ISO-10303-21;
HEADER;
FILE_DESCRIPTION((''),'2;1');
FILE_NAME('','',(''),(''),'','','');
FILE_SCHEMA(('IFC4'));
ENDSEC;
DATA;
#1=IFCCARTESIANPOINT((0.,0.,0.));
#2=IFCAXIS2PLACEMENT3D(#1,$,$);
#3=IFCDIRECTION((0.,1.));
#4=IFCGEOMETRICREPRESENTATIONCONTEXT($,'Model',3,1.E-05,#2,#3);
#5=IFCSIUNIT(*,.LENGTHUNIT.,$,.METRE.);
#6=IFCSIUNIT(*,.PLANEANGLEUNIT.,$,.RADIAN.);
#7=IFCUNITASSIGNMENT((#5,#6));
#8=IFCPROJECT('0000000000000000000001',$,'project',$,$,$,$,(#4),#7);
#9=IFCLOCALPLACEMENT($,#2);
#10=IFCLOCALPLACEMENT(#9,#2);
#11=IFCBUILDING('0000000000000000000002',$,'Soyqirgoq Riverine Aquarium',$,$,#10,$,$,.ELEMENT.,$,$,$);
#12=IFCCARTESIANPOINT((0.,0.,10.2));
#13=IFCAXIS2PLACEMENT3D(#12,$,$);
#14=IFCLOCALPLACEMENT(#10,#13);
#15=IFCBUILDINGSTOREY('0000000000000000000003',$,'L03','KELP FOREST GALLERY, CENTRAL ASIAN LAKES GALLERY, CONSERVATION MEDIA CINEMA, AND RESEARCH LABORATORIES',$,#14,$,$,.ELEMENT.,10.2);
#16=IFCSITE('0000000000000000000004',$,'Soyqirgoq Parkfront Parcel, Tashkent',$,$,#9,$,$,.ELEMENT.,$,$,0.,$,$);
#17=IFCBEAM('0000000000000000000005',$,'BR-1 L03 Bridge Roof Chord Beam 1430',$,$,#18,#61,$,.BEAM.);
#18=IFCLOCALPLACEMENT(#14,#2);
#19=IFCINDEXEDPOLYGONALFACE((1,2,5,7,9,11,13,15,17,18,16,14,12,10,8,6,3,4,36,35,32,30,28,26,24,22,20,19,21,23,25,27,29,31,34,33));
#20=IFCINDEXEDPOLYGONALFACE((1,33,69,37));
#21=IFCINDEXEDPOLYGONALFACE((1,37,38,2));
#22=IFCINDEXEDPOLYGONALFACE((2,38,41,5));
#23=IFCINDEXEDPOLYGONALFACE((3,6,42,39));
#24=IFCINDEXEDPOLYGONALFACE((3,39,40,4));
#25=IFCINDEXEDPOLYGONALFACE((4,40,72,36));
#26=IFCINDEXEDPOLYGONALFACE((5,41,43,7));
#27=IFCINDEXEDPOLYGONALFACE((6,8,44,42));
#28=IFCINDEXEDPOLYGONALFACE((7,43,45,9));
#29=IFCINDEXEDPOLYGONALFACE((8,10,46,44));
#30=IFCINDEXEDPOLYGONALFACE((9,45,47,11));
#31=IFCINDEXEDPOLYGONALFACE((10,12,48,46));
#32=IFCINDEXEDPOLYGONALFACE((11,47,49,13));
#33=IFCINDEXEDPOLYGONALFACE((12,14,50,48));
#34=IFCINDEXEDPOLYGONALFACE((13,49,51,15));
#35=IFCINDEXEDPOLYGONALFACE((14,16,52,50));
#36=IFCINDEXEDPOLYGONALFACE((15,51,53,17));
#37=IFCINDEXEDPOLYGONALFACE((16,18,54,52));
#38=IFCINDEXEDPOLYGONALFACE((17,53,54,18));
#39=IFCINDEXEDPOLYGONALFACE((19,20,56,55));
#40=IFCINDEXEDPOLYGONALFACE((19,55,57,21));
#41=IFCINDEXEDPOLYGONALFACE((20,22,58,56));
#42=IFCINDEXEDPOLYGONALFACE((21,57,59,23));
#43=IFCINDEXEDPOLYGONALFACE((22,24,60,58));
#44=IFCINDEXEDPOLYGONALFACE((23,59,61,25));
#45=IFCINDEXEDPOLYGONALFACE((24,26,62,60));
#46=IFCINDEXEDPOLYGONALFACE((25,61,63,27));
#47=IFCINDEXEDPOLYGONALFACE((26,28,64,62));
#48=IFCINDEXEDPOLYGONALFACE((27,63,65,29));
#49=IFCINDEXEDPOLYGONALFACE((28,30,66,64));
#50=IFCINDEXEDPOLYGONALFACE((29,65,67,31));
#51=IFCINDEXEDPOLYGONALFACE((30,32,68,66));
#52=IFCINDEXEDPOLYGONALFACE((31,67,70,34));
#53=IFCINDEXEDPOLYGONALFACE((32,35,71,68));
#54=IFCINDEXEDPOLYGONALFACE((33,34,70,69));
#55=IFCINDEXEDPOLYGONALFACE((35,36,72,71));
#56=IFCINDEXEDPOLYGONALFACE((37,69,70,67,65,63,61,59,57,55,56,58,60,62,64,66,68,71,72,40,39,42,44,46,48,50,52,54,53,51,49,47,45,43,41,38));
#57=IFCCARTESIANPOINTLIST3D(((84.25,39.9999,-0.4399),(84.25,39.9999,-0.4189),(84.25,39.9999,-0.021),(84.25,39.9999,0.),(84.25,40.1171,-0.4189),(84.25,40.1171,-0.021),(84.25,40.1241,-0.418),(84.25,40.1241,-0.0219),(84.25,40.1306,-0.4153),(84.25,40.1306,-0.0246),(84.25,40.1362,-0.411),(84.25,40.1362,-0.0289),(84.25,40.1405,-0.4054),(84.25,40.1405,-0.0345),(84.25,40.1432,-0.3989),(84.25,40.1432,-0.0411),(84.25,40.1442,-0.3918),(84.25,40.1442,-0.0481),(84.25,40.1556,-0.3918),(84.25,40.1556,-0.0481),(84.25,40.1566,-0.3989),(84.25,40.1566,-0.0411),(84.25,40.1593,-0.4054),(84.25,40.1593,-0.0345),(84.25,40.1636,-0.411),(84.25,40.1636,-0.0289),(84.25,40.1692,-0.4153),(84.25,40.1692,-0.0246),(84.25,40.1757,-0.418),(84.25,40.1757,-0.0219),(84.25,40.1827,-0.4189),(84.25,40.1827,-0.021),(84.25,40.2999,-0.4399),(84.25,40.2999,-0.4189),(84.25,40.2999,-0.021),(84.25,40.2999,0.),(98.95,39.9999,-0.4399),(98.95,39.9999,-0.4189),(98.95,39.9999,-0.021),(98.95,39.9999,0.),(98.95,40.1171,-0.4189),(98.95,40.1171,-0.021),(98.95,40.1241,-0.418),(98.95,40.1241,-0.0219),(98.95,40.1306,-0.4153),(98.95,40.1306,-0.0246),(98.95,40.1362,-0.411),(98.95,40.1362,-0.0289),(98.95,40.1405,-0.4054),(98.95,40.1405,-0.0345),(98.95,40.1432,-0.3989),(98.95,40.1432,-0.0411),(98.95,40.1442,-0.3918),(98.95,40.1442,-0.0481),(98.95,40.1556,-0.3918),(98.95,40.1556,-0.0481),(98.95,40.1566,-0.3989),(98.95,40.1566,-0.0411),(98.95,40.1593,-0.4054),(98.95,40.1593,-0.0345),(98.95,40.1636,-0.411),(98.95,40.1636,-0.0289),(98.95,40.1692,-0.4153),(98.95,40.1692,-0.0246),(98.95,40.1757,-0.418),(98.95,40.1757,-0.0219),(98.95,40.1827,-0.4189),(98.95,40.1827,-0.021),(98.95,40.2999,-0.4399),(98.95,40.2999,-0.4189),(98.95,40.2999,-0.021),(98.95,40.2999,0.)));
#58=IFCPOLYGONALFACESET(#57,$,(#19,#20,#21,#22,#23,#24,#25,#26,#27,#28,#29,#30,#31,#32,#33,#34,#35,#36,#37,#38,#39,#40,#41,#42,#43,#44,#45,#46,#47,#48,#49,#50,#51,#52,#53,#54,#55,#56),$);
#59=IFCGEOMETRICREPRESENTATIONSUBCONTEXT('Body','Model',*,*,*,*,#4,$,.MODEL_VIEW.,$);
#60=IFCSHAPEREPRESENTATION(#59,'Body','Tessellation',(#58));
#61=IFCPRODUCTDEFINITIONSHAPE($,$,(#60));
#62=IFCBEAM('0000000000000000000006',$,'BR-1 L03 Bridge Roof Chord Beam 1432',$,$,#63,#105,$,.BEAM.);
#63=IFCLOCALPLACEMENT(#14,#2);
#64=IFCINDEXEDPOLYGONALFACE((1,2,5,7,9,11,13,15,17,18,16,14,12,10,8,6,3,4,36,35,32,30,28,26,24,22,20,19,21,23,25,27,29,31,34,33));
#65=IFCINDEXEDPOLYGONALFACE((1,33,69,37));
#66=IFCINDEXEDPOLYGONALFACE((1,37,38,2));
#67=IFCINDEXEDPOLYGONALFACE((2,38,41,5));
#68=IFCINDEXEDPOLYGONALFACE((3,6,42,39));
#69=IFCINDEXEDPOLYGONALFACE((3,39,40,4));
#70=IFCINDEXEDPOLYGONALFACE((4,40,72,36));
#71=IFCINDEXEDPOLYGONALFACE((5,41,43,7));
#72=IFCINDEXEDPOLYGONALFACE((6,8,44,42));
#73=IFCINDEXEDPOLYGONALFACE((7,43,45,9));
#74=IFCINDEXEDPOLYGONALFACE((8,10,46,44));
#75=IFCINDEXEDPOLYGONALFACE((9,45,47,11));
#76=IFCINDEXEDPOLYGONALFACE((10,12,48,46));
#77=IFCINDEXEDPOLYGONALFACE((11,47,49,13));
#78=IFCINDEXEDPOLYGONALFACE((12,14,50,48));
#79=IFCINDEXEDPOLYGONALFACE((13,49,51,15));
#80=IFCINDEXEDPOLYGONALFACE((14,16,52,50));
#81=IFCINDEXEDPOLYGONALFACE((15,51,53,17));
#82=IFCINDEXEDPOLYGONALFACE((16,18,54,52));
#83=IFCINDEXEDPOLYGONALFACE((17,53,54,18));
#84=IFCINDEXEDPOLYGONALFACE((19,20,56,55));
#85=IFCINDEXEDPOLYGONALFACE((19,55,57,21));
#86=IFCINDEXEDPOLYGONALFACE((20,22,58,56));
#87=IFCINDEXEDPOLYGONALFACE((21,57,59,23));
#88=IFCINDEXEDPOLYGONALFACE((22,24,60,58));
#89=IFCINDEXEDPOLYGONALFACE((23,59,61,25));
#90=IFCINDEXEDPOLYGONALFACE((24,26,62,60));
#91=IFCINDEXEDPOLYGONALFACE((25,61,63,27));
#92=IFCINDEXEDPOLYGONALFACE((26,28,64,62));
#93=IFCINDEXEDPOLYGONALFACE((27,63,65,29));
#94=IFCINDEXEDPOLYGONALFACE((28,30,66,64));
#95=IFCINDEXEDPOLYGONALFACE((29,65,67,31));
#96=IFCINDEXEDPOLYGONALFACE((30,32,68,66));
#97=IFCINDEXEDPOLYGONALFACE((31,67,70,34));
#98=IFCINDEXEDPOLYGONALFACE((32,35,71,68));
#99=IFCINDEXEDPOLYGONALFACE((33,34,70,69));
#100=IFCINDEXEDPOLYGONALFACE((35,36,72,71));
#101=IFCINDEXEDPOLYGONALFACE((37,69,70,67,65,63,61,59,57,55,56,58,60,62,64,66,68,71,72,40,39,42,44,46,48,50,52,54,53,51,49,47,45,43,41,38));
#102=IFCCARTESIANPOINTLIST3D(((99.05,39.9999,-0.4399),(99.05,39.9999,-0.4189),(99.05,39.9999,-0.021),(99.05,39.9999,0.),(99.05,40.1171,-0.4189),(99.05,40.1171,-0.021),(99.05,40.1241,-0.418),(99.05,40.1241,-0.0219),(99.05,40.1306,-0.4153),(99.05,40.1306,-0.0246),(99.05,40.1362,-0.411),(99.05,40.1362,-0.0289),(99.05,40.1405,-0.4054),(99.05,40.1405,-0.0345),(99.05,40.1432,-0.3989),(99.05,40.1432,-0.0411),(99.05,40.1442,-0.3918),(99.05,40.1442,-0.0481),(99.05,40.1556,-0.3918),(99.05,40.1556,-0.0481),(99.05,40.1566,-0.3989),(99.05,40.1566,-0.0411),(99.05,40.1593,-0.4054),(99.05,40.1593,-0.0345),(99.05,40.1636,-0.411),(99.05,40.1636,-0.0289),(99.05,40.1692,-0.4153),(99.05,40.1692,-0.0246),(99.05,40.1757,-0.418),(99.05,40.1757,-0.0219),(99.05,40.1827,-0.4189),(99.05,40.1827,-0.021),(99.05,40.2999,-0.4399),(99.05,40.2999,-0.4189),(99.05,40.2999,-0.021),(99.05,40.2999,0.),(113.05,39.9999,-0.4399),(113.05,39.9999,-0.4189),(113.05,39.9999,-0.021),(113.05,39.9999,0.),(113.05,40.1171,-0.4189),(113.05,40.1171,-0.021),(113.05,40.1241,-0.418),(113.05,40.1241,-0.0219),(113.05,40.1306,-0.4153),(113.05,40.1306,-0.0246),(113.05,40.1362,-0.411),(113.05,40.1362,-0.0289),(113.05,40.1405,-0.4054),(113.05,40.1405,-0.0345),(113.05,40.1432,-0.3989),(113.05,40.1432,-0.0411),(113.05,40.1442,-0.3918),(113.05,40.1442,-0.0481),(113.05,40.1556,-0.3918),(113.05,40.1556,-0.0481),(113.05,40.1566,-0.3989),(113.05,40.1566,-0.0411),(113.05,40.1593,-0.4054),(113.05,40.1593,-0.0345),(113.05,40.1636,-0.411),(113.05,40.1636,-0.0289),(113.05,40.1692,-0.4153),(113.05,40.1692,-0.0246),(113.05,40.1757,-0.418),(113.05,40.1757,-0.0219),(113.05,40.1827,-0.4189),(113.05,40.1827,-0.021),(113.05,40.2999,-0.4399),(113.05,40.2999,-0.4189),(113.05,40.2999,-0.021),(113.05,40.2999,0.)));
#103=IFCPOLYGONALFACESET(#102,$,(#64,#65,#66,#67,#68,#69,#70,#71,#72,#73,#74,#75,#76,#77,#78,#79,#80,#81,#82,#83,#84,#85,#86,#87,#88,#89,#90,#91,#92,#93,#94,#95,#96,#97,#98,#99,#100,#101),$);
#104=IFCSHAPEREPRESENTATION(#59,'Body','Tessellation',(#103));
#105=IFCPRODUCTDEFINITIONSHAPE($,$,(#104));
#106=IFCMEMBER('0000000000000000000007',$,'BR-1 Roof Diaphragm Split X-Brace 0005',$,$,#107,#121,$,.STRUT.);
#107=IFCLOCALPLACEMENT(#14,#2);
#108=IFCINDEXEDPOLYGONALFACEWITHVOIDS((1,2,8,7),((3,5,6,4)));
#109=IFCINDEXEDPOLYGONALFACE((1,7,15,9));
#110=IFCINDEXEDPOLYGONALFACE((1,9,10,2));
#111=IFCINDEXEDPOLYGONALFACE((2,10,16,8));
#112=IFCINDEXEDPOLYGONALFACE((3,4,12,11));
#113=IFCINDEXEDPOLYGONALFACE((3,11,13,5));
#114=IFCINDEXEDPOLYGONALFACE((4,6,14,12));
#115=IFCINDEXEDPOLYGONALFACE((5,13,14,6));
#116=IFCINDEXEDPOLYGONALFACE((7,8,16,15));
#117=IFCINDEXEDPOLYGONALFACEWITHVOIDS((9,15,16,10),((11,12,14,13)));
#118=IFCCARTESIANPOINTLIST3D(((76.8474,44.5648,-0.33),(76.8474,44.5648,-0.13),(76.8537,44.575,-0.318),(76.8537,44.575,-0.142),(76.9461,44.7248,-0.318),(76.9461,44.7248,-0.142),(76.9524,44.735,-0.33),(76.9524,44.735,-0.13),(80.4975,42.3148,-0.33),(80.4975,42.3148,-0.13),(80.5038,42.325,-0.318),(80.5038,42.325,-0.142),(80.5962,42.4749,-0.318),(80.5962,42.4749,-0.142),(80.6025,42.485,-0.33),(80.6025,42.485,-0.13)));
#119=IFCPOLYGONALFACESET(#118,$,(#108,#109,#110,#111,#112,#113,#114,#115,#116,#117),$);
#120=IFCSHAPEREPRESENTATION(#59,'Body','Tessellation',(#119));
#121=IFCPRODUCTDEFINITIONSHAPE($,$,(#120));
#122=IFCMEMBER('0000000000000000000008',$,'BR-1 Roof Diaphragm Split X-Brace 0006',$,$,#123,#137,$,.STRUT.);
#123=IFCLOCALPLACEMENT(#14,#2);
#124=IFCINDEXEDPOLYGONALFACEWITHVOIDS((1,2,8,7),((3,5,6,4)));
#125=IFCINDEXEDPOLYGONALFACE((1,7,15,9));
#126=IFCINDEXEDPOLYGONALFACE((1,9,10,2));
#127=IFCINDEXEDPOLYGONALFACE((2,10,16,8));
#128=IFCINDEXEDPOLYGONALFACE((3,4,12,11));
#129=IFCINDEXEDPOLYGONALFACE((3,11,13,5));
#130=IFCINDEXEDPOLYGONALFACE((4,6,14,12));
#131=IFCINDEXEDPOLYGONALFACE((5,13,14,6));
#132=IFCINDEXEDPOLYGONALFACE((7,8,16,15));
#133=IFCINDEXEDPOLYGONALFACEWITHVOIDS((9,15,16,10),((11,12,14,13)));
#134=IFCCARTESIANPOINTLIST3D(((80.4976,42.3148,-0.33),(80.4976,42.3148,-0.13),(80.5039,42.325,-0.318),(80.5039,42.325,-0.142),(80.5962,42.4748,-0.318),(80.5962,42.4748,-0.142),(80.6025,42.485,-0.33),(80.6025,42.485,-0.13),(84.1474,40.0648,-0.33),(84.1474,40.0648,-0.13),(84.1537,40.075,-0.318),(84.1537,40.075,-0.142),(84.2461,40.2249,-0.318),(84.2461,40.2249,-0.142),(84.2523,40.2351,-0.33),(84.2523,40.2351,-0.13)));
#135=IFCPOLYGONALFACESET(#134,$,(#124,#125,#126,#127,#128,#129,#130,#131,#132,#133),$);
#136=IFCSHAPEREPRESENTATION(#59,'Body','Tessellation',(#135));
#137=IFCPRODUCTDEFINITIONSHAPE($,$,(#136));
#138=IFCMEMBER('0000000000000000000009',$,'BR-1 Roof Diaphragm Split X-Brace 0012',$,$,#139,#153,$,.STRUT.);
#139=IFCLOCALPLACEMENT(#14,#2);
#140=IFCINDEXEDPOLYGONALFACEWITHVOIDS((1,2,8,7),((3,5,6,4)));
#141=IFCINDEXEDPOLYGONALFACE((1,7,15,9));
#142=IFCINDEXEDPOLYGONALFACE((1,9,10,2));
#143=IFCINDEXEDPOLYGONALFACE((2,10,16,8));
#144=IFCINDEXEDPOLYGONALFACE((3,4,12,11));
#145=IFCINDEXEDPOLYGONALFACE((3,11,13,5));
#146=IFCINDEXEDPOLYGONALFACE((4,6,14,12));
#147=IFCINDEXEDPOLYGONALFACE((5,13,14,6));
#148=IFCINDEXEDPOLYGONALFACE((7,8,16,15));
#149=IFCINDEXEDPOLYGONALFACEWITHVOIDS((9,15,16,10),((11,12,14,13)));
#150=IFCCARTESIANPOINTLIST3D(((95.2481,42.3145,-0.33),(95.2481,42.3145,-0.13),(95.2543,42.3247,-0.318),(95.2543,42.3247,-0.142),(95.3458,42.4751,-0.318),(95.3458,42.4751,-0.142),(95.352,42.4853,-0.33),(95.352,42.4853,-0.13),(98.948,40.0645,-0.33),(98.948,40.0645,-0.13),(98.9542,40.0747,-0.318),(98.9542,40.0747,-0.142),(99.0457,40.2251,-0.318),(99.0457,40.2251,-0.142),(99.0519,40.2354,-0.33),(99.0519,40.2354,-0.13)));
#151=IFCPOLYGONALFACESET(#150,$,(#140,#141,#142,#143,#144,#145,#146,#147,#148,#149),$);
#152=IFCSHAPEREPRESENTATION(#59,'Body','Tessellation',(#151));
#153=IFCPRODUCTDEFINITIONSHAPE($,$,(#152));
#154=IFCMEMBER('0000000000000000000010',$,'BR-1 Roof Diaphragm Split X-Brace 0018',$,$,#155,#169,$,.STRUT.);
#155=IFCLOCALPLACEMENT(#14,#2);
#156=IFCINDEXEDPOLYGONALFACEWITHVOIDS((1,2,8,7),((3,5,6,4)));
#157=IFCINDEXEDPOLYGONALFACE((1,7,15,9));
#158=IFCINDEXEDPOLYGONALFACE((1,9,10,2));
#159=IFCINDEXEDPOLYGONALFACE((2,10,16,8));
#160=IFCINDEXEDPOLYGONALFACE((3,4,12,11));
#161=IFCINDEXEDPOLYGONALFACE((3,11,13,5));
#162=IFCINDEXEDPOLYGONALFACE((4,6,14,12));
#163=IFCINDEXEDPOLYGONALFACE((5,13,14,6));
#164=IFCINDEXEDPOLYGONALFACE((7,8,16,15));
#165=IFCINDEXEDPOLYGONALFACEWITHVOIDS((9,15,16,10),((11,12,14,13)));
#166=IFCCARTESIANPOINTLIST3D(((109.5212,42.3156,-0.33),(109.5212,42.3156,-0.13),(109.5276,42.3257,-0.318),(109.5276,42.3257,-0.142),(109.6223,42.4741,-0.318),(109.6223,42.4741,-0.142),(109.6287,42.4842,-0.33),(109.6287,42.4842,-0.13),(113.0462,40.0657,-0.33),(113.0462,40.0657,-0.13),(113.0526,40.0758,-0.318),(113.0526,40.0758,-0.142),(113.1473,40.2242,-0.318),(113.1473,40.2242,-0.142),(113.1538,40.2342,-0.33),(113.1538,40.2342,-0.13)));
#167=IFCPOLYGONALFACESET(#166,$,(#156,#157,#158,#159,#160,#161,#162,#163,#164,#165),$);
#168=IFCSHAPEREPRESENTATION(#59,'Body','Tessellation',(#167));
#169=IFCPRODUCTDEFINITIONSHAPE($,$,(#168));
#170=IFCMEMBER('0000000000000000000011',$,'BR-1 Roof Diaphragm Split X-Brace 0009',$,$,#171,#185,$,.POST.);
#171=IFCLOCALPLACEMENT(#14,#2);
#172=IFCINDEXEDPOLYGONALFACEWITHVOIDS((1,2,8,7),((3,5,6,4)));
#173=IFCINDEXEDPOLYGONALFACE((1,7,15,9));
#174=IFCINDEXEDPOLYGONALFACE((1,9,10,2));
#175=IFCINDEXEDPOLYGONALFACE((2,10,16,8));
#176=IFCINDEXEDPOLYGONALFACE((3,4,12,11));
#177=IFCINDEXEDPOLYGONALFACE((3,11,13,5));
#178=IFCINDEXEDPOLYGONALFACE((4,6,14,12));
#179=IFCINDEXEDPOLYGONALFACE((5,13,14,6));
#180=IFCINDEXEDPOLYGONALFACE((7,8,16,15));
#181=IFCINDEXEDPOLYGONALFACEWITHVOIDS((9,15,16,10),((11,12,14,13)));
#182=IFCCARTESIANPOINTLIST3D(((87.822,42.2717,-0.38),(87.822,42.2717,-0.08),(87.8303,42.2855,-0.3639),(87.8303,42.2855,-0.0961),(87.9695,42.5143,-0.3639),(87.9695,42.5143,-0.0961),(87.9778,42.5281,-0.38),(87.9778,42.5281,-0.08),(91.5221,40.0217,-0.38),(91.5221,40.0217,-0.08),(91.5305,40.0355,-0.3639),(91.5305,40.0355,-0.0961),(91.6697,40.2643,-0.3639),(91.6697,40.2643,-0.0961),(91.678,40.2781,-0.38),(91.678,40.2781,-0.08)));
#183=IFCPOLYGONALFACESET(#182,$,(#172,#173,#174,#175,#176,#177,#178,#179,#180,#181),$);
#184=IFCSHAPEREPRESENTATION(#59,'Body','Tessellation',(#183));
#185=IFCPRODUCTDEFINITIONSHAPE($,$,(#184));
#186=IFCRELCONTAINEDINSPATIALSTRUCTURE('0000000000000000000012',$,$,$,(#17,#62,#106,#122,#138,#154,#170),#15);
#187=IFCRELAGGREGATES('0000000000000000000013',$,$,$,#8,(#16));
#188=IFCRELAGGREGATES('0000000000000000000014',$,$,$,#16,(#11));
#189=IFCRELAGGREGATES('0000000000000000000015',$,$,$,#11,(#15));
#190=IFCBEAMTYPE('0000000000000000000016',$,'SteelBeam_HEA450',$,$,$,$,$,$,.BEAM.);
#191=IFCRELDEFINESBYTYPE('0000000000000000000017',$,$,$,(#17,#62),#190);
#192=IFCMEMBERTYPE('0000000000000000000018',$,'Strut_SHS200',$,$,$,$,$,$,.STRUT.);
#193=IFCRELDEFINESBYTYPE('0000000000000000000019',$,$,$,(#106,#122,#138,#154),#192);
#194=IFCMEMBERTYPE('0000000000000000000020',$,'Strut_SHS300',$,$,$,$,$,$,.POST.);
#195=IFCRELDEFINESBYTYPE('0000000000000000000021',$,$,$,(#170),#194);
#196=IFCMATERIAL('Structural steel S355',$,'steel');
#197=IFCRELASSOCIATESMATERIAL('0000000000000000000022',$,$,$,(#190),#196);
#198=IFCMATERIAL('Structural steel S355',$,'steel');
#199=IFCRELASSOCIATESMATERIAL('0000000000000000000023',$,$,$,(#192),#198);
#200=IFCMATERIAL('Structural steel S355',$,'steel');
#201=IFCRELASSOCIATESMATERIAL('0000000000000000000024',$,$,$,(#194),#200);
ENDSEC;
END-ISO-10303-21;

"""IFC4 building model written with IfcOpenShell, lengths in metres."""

from ifc_helpers import new_model, si_unit, direction, frame, origin, origin_2d, place, context, subcontext, project, spatial, hollow_rectangle, i_section, extrude, material, material_profile, profile_set, type_object, element, save


model = new_model("IFC4")

# Units and contexts
model_context = context("Model", 3, precision=1e-05, world=origin(), true_north=direction((0.0, 1.0)))
body_context = subcontext(model_context, "Body", "Model", "MODEL_VIEW")
ifc_project = project(units=[si_unit("LENGTHUNIT", "METRE"), si_unit("PLANEANGLEUNIT", "RADIAN")], contexts=[model_context])

# Site, building, storey
site_placement = place(None, origin())
site = spatial("IfcSite", under=ifc_project, at=site_placement, Name="Soyqirgoq Parkfront Parcel, Tashkent", CompositionType="ELEMENT", RefElevation=0.0)
building_placement = place(site_placement, origin())
building = spatial("IfcBuilding", under=site, at=building_placement, Name="Soyqirgoq Riverine Aquarium", CompositionType="ELEMENT")
storey_placement = place(building_placement, frame((0.0, 0.0, 10.2)))
storey = spatial("IfcBuildingStorey", under=building, at=storey_placement, Name="L03", Description="KELP FOREST GALLERY, CENTRAL ASIAN LAKES GALLERY, CONSERVATION MEDIA CINEMA, AND RESEARCH LABORATORIES", CompositionType="ELEMENT", Elevation=10.2)

# Beams
ifc_material_1 = material(Name="Structural steel S355", Category="steel")
ifc_material_profile_1 = material_profile(ifc_material_1, i_section(OverallWidth=0.3, OverallDepth=0.4399, WebThickness=0.0115, FlangeThickness=0.021, FilletRadius=0.0271, at=origin_2d()), Name="HEA 450")
ifc_profile_set_1 = profile_set([ifc_material_profile_1], Name="Structural steel S355")
beam_type_1 = type_object("IfcBeamType", Name="SteelBeam_HEA450", PredefinedType="BEAM", material=ifc_profile_set_1)
beam_1_placement = place(storey_placement, frame((84.25, 40.1499, -0.22), z_axis=(1.0, 0.0, 0.0), x_axis=(0.0, 1.0, 0.0)))
element("IfcBeam", 1, at=beam_1_placement, inside=storey, type_object=beam_type_1, Name="BR-1 L03 Bridge Roof Chord Beam 1430", PredefinedType="BEAM", context=body_context, shape_type="SweptSolid", body=[
    extrude(i_section(OverallWidth=0.3, OverallDepth=0.4399, WebThickness=0.0115, FlangeThickness=0.021, FilletRadius=0.0271, at=origin_2d()), origin(), (0.0, 0.0, 1.0), 14.7),
])
beam_2_placement = place(storey_placement, frame((99.05, 40.1499, -0.22), z_axis=(1.0, 0.0, 0.0), x_axis=(0.0, 1.0, 0.0)))
element("IfcBeam", 2, at=beam_2_placement, inside=storey, type_object=beam_type_1, Name="BR-1 L03 Bridge Roof Chord Beam 1432", PredefinedType="BEAM", context=body_context, shape_type="SweptSolid", body=[
    extrude(i_section(OverallWidth=0.3, OverallDepth=0.4399, WebThickness=0.0115, FlangeThickness=0.021, FilletRadius=0.0271, at=origin_2d()), origin(), (0.0, 0.0, 1.0), 14.0),
])

# Members
ifc_material_2 = material(Name="Structural steel S355", Category="steel")
ifc_material_profile_2 = material_profile(ifc_material_2, hollow_rectangle(XDim=0.2, YDim=0.2, WallThickness=0.012, at=origin_2d()), Name="SHS 200x200x12")
ifc_profile_set_2 = profile_set([ifc_material_profile_2], Name="Structural steel S355")
member_type_1 = type_object("IfcMemberType", Name="Strut_SHS200", PredefinedType="STRUT", material=ifc_profile_set_2)
member_1_placement = place(storey_placement, frame((76.8999, 44.6499, -0.23), z_axis=(0.851267, -0.524733, 0.0), x_axis=(0.524733, 0.851267, 0.0)))
element("IfcMember", 3, at=member_1_placement, inside=storey, type_object=member_type_1, Name="BR-1 Roof Diaphragm Split X-Brace 0005", PredefinedType="STRUT", context=body_context, shape_type="SweptSolid", body=[
    extrude(hollow_rectangle(XDim=0.2, YDim=0.2, WallThickness=0.012, at=origin_2d()), origin(), (0.0, 0.0, 1.0), 4.2878),
])
member_2_placement = place(storey_placement, frame((80.55, 42.3999, -0.23), z_axis=(0.851251, -0.524758, 0.0), x_axis=(0.524758, 0.851251, 0.0)))
element("IfcMember", 4, at=member_2_placement, inside=storey, type_object=member_type_1, Name="BR-1 Roof Diaphragm Split X-Brace 0006", PredefinedType="STRUT", context=body_context, shape_type="SweptSolid", body=[
    extrude(hollow_rectangle(XDim=0.2, YDim=0.2, WallThickness=0.012, at=origin_2d()), origin(), (0.0, 0.0, 1.0), 4.2876),
])
member_3_placement = place(storey_placement, frame((95.3, 42.3999, -0.23), z_axis=(0.854418, -0.519586, 0.0), x_axis=(0.519586, 0.854418, 0.0)))
element("IfcMember", 5, at=member_3_placement, inside=storey, type_object=member_type_1, Name="BR-1 Roof Diaphragm Split X-Brace 0012", PredefinedType="STRUT", context=body_context, shape_type="SweptSolid", body=[
    extrude(hollow_rectangle(XDim=0.2, YDim=0.2, WallThickness=0.012, at=origin_2d()), origin(), (0.0, 0.0, 1.0), 4.3303),
])
member_4_placement = place(storey_placement, frame((109.575, 42.3999, -0.23), z_axis=(0.842932, -0.53802, 0.0), x_axis=(0.53802, 0.842932, 0.0)))
element("IfcMember", 6, at=member_4_placement, inside=storey, type_object=member_type_1, Name="BR-1 Roof Diaphragm Split X-Brace 0018", PredefinedType="STRUT", context=body_context, shape_type="SweptSolid", body=[
    extrude(hollow_rectangle(XDim=0.2, YDim=0.2, WallThickness=0.012, at=origin_2d()), origin(), (0.0, 0.0, 1.0), 4.1819),
])
ifc_material_3 = material(Name="Structural steel S355", Category="steel")
ifc_material_profile_3 = material_profile(ifc_material_3, hollow_rectangle(XDim=0.3, YDim=0.3, WallThickness=0.0161, at=origin_2d()), Name="SHS 300x300x16")
ifc_profile_set_3 = profile_set([ifc_material_profile_3], Name="Structural steel S355")
member_type_2 = type_object("IfcMemberType", Name="Strut_SHS300", PredefinedType="POST", material=ifc_profile_set_3)
member_5_placement = place(storey_placement, frame((87.8999, 42.3999, -0.23), z_axis=(0.854434, -0.519561, 0.0), x_axis=(0.519561, 0.854434, 0.0)))
element("IfcMember", 7, at=member_5_placement, inside=storey, type_object=member_type_2, Name="BR-1 Roof Diaphragm Split X-Brace 0009", PredefinedType="POST", context=body_context, shape_type="SweptSolid", body=[
    extrude(hollow_rectangle(XDim=0.3, YDim=0.3, WallThickness=0.0161, at=origin_2d()), origin(), (0.0, 0.0, 1.0), 4.3306),
])

save(model, "model.ifc")
